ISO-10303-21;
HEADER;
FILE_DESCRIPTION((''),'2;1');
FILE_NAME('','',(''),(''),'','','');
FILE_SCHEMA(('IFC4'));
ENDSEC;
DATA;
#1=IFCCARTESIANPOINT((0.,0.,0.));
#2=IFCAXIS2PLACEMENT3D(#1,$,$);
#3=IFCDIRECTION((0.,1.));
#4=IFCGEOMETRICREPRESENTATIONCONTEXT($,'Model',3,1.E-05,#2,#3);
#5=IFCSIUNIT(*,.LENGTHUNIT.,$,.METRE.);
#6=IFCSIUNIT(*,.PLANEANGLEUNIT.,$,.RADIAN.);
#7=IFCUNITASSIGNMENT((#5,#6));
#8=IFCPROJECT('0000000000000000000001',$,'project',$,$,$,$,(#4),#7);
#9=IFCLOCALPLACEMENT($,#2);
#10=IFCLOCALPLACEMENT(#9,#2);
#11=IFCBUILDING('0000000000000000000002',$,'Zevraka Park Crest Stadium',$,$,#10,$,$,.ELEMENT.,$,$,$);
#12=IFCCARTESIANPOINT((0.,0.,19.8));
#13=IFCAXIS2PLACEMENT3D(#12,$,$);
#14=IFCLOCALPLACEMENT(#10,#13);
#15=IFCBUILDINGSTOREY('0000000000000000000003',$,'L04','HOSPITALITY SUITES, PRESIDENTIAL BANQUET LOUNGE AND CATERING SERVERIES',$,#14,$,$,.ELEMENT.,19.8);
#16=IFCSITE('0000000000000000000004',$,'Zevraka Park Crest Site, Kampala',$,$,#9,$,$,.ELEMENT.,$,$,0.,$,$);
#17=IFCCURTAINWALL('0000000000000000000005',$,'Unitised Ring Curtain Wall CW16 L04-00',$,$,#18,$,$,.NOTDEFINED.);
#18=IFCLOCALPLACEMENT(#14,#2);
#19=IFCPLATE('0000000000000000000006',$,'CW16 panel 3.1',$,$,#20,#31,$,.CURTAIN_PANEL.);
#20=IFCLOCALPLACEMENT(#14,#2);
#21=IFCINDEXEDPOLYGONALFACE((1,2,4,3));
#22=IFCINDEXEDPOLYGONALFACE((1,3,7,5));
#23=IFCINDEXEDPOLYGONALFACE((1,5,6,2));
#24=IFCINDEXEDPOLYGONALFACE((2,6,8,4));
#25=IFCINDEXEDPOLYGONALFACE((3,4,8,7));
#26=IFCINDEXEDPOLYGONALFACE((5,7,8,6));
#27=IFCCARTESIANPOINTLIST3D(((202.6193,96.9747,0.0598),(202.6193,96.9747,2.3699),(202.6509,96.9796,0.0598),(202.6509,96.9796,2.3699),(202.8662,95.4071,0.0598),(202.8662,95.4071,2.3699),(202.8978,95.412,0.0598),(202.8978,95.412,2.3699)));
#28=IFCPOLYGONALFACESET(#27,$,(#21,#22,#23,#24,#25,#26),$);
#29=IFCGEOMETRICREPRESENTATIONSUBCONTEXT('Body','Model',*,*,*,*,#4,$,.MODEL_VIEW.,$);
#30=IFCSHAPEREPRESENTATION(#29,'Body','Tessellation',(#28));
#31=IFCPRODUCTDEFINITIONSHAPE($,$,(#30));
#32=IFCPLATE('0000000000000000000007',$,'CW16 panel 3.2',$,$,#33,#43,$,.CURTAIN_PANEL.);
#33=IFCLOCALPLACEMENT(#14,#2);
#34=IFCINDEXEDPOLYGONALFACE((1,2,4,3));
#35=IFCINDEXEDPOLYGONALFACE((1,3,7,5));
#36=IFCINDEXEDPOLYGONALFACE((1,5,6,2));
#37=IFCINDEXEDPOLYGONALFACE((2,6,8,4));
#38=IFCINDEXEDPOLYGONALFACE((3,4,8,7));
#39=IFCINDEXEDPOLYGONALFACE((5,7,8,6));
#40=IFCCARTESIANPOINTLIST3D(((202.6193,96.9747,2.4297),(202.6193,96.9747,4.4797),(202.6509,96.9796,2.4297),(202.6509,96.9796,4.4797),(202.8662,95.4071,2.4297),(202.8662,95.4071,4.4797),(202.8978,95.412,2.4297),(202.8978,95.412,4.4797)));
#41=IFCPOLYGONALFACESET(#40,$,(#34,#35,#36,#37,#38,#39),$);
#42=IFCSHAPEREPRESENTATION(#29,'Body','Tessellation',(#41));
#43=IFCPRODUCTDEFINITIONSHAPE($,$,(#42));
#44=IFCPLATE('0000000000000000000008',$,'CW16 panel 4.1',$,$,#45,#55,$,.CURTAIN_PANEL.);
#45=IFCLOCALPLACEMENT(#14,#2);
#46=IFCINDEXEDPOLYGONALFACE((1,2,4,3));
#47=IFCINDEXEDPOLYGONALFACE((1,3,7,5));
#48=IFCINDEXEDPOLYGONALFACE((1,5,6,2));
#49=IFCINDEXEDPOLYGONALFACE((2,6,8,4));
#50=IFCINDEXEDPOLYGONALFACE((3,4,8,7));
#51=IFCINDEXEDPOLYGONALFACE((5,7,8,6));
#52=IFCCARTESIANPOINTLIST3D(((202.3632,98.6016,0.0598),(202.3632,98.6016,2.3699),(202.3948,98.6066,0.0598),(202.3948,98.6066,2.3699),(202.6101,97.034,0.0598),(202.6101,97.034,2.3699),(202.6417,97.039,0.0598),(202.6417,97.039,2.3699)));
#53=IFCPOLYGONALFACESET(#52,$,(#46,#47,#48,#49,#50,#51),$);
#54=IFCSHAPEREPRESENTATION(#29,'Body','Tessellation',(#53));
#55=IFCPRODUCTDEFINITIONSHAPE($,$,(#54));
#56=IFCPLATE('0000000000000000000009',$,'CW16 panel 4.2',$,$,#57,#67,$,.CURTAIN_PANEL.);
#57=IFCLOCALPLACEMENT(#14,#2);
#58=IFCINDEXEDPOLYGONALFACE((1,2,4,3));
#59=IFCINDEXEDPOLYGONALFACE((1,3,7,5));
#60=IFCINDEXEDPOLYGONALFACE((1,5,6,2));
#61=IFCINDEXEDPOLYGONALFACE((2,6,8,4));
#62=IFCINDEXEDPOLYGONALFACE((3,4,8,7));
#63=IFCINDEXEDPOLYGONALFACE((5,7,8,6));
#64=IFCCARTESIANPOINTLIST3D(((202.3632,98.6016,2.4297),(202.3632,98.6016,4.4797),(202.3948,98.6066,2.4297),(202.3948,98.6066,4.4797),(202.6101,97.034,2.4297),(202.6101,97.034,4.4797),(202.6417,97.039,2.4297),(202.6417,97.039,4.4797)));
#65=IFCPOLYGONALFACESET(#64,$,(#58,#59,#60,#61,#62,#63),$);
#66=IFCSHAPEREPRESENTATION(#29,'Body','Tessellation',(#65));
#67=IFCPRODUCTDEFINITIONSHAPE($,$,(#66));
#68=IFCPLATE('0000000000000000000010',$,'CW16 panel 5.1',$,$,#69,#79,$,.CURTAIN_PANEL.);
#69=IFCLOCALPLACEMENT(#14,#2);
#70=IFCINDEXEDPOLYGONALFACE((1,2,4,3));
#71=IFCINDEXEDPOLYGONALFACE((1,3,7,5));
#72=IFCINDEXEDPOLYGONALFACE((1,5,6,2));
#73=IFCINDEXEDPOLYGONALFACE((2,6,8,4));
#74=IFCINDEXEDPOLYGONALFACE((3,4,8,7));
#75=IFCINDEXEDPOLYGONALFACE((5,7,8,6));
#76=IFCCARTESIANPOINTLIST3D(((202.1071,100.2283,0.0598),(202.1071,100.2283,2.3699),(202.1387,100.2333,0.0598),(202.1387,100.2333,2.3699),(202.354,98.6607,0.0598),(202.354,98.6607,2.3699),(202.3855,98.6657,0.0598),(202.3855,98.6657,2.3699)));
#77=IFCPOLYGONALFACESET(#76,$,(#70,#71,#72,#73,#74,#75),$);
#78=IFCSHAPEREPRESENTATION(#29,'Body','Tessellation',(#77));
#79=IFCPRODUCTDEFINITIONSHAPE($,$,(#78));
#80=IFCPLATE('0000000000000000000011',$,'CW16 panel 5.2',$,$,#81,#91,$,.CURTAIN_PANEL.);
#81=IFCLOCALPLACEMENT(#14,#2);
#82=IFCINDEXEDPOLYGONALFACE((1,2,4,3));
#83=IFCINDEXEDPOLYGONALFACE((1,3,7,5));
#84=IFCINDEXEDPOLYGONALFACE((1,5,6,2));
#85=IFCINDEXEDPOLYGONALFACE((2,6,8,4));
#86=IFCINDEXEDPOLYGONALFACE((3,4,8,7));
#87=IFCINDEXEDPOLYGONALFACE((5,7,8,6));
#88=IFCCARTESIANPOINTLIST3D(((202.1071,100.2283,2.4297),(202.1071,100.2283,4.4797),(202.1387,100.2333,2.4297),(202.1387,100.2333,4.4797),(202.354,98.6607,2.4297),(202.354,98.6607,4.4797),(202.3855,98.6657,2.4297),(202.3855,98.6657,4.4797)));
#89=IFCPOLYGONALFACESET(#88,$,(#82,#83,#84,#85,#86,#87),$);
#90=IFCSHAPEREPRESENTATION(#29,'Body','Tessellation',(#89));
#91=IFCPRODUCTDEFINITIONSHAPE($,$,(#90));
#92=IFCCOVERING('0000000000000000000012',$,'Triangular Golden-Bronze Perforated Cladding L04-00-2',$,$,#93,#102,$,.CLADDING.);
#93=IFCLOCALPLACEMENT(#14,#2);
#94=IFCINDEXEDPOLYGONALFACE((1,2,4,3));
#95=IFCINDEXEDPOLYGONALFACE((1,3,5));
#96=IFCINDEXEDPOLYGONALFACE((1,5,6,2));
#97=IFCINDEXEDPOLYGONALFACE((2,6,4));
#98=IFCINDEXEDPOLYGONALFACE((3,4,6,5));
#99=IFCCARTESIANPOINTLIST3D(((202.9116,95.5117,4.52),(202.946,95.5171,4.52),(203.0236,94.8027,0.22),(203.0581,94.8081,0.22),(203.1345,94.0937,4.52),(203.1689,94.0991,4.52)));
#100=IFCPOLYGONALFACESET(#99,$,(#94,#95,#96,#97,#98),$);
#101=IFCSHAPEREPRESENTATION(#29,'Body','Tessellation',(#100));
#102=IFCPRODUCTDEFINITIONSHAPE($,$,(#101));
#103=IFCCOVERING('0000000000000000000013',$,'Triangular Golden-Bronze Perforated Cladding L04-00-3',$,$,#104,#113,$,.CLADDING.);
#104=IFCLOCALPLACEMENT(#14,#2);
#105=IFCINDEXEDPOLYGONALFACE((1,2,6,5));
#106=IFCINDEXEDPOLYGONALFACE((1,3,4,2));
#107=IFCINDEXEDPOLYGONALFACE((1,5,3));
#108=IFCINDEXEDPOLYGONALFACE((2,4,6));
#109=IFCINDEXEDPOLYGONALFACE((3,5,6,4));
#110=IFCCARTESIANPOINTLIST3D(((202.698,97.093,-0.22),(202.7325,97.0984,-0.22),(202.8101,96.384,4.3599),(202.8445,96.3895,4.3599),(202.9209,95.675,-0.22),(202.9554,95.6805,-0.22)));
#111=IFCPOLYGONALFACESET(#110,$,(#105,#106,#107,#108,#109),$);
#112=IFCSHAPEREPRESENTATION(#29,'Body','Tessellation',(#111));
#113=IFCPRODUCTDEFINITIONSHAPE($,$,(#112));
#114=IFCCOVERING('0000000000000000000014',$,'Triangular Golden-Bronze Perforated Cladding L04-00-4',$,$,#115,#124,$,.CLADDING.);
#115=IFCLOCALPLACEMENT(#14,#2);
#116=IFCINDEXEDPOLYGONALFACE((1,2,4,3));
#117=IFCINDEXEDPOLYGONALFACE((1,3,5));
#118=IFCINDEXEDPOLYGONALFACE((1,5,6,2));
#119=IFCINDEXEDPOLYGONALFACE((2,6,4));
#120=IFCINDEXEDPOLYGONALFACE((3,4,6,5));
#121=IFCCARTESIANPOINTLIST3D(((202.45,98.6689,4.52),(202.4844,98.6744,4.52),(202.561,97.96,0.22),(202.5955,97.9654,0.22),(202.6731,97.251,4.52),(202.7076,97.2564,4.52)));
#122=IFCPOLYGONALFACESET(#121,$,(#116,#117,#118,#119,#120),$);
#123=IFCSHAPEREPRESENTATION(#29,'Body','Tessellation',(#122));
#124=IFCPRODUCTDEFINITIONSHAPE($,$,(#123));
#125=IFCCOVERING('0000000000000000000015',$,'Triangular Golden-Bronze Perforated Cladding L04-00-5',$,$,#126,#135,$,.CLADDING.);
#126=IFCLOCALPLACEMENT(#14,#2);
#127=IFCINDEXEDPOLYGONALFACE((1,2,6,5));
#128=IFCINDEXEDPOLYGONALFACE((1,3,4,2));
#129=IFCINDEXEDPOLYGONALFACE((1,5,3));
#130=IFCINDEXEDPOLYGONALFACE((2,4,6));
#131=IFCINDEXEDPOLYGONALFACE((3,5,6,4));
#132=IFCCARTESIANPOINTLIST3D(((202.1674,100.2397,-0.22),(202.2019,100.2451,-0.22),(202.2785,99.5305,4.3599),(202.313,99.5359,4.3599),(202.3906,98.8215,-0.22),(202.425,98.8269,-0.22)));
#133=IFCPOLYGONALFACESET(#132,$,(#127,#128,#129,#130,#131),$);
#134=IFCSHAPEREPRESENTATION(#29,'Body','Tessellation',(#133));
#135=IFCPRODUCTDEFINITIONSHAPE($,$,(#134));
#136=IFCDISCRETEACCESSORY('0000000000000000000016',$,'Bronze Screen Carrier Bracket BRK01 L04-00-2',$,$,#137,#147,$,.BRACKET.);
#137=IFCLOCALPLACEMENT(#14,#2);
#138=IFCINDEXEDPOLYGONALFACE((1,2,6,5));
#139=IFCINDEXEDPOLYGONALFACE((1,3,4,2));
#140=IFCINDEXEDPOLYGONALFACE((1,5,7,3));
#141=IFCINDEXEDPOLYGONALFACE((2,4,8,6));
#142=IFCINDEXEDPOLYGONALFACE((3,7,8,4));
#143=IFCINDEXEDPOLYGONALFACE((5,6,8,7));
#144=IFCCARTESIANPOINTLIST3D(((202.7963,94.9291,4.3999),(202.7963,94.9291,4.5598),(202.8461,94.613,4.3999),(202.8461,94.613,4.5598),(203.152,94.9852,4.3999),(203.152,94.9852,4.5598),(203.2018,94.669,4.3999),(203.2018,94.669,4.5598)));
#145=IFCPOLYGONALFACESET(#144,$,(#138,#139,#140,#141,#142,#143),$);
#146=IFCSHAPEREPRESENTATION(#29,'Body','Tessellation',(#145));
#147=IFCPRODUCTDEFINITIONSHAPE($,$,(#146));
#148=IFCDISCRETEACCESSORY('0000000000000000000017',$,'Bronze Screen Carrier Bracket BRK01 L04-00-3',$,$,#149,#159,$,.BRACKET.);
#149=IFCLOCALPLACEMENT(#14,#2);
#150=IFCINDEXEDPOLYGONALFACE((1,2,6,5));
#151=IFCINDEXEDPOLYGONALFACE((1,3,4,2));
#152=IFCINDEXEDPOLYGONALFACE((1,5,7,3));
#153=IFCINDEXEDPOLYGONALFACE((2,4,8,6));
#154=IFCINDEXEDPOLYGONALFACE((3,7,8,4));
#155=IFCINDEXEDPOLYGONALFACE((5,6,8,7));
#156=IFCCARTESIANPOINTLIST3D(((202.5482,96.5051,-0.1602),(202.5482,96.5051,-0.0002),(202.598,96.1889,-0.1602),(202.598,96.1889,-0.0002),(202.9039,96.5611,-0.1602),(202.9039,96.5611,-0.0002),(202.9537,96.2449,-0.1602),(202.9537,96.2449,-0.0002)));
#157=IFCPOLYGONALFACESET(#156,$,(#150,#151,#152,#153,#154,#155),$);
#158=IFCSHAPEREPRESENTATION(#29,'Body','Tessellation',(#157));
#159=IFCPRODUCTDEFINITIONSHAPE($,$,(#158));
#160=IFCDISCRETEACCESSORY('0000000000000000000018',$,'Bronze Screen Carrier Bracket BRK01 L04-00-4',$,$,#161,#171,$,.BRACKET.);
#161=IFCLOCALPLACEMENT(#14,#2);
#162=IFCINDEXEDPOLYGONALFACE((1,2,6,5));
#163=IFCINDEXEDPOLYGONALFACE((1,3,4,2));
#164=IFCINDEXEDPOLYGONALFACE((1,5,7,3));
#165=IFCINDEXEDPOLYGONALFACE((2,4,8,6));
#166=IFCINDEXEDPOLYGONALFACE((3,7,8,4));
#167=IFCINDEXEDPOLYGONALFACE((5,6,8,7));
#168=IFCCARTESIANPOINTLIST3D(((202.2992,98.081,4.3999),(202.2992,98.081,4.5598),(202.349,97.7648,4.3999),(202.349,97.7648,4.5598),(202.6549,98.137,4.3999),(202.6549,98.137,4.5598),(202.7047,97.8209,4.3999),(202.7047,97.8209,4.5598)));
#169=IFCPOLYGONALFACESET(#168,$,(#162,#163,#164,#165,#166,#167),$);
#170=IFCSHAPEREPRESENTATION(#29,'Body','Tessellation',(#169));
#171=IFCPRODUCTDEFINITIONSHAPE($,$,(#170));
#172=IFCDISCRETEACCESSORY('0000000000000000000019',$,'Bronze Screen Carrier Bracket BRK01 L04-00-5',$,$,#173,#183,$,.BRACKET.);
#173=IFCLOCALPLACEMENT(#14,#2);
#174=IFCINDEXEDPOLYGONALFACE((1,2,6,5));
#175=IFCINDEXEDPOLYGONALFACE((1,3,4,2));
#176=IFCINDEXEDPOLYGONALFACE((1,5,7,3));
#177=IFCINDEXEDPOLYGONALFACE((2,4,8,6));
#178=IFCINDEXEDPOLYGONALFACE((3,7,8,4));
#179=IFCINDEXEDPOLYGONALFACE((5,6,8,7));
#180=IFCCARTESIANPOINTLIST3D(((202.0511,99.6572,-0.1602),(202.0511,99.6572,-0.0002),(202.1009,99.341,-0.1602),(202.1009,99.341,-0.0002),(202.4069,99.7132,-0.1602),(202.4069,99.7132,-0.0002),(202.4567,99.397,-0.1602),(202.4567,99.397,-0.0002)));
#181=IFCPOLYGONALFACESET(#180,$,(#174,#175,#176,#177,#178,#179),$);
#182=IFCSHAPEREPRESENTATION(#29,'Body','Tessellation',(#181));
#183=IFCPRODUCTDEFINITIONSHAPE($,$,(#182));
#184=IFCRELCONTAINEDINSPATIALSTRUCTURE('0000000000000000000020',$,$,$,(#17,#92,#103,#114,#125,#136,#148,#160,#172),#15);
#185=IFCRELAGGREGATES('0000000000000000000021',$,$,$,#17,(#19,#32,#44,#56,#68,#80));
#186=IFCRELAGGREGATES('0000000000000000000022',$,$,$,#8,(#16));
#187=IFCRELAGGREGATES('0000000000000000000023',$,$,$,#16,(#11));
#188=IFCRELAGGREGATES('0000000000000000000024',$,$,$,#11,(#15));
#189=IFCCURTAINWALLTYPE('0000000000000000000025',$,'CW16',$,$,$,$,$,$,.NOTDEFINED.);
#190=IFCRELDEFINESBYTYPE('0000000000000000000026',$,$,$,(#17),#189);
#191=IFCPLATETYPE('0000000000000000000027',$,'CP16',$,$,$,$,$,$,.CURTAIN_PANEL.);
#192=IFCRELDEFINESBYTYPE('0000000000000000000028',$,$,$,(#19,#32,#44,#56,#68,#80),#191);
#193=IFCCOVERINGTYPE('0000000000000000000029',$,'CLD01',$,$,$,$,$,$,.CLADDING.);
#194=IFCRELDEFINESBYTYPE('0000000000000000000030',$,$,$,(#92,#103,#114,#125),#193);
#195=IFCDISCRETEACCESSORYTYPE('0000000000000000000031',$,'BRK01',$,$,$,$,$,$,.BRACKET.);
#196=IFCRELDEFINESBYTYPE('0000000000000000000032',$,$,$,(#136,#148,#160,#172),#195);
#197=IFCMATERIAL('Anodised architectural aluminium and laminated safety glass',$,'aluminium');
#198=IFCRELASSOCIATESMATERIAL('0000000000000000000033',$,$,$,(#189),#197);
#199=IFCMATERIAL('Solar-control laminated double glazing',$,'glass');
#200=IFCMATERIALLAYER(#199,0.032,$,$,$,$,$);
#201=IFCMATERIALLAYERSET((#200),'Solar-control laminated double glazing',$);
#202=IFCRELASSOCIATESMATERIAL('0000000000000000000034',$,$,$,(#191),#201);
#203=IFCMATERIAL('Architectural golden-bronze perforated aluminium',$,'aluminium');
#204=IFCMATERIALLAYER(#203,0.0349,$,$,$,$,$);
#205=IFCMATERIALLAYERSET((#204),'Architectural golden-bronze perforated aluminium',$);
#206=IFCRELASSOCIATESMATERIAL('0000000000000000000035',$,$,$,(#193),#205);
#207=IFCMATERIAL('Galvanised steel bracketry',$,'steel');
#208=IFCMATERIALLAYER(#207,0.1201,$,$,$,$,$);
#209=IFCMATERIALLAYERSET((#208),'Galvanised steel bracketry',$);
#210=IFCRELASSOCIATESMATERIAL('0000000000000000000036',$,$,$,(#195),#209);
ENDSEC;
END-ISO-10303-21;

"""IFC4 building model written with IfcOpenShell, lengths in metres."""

from ifc_helpers import new_model, si_unit, direction, frame, origin, origin_2d, place, context, subcontext, project, spatial, polyline, rectangle, outline, extrude, material, layer, layer_set, type_object, element, aggregate, save


model = new_model("IFC4")

# Units and contexts
model_context = context("Model", 3, precision=1e-05, world=origin(), true_north=direction((0.0, 1.0)))
body_context = subcontext(model_context, "Body", "Model", "MODEL_VIEW")
ifc_project = project(units=[si_unit("LENGTHUNIT", "METRE"), si_unit("PLANEANGLEUNIT", "RADIAN")], contexts=[model_context])

# Site, building, storey
site_placement = place(None, origin())
site = spatial("IfcSite", under=ifc_project, at=site_placement, Name="Zevraka Park Crest Site, Kampala", CompositionType="ELEMENT", RefElevation=0.0)
building_placement = place(site_placement, origin())
building = spatial("IfcBuilding", under=site, at=building_placement, Name="Zevraka Park Crest Stadium", CompositionType="ELEMENT")
storey_placement = place(building_placement, frame((0.0, 0.0, 19.8)))
storey = spatial("IfcBuildingStorey", under=building, at=storey_placement, Name="L04", Description="HOSPITALITY SUITES, PRESIDENTIAL BANQUET LOUNGE AND CATERING SERVERIES", CompositionType="ELEMENT", Elevation=19.8)

# Curtain wall, plates
ifc_material_1 = material(Name="Anodised architectural aluminium and laminated safety glass", Category="aluminium")
curtain_wall_type = type_object("IfcCurtainWallType", Name="CW16", PredefinedType="NOTDEFINED", material=ifc_material_1)
curtain_wall_placement = place(storey_placement, origin())
curtain_wall = element("IfcCurtainWall", 1, at=curtain_wall_placement, inside=storey, type_object=curtain_wall_type, Name="Unitised Ring Curtain Wall CW16 L04-00", PredefinedType="NOTDEFINED")
ifc_material_2 = material(Name="Solar-control laminated double glazing", Category="glass")
ifc_layer_1 = layer(ifc_material_2, 0.032)
ifc_layer_set_1 = layer_set([ifc_layer_1], Name="Solar-control laminated double glazing")
plate_type = type_object("IfcPlateType", Name="CP16", PredefinedType="CURTAIN_PANEL", material=ifc_layer_set_1)
plate_1_placement = place(storey_placement, frame((202.7585, 96.1934, 0.0598), z_axis=(0.0, 0.0, 1.0), x_axis=(-0.155539, 0.98783, 0.0)))
plate_1 = element("IfcPlate", 2, at=plate_1_placement, type_object=plate_type, Name="CW16 panel 3.1", PredefinedType="CURTAIN_PANEL", context=body_context, shape_type="SweptSolid", body=[
    extrude(rectangle(XDim=1.5869, YDim=0.032, at=origin_2d()), origin(), (0.0, 0.0, 1.0), 2.3101),
])
plate_2_placement = place(storey_placement, frame((202.7585, 96.1934, 2.4297), z_axis=(0.0, 0.0, 1.0), x_axis=(-0.155539, 0.98783, 0.0)))
plate_2 = element("IfcPlate", 3, at=plate_2_placement, type_object=plate_type, Name="CW16 panel 3.2", PredefinedType="CURTAIN_PANEL", context=body_context, shape_type="SweptSolid", body=[
    extrude(rectangle(XDim=1.5869, YDim=0.032, at=origin_2d()), origin(), (0.0, 0.0, 1.0), 2.05),
])
plate_3_placement = place(storey_placement, frame((202.5024, 97.8203, 0.0598), z_axis=(0.0, 0.0, 1.0), x_axis=(-0.155539, 0.98783, 0.0)))
plate_3 = element("IfcPlate", 4, at=plate_3_placement, type_object=plate_type, Name="CW16 panel 4.1", PredefinedType="CURTAIN_PANEL", context=body_context, shape_type="SweptSolid", body=[
    extrude(rectangle(XDim=1.5869, YDim=0.032, at=origin_2d()), origin(), (0.0, 0.0, 1.0), 2.3101),
])
plate_4_placement = place(storey_placement, frame((202.5024, 97.8203, 2.4297), z_axis=(0.0, 0.0, 1.0), x_axis=(-0.155539, 0.98783, 0.0)))
plate_4 = element("IfcPlate", 5, at=plate_4_placement, type_object=plate_type, Name="CW16 panel 4.2", PredefinedType="CURTAIN_PANEL", context=body_context, shape_type="SweptSolid", body=[
    extrude(rectangle(XDim=1.5869, YDim=0.032, at=origin_2d()), origin(), (0.0, 0.0, 1.0), 2.05),
])
plate_5_placement = place(storey_placement, frame((202.2463, 99.447, 0.0598), z_axis=(0.0, 0.0, 1.0), x_axis=(-0.155539, 0.98783, 0.0)))
plate_5 = element("IfcPlate", 6, at=plate_5_placement, type_object=plate_type, Name="CW16 panel 5.1", PredefinedType="CURTAIN_PANEL", context=body_context, shape_type="SweptSolid", body=[
    extrude(rectangle(XDim=1.5869, YDim=0.032, at=origin_2d()), origin(), (0.0, 0.0, 1.0), 2.3101),
])
plate_6_placement = place(storey_placement, frame((202.2463, 99.447, 2.4297), z_axis=(0.0, 0.0, 1.0), x_axis=(-0.155539, 0.98783, 0.0)))
plate_6 = element("IfcPlate", 7, at=plate_6_placement, type_object=plate_type, Name="CW16 panel 5.2", PredefinedType="CURTAIN_PANEL", context=body_context, shape_type="SweptSolid", body=[
    extrude(rectangle(XDim=1.5869, YDim=0.032, at=origin_2d()), origin(), (0.0, 0.0, 1.0), 2.05),
])
aggregate(curtain_wall, [plate_1, plate_2, plate_3, plate_4, plate_5, plate_6])

# Coverings
ifc_material_3 = material(Name="Architectural golden-bronze perforated aluminium", Category="aluminium")
ifc_layer_2 = layer(ifc_material_3, 0.0349)
ifc_layer_set_2 = layer_set([ifc_layer_2], Name="Architectural golden-bronze perforated aluminium")
covering_type = type_object("IfcCoveringType", Name="CLD01", PredefinedType="CLADDING", material=ifc_layer_set_2)
covering_1_placement = place(storey_placement, frame((202.946, 95.5171, 4.52), z_axis=(0.987869, 0.15529, 0.00014), x_axis=(0.15529, -0.987869, 0.0)))
element("IfcCovering", 8, at=covering_1_placement, inside=storey, type_object=covering_type, Name="Triangular Golden-Bronze Perforated Cladding L04-00-2", PredefinedType="CLADDING", context=body_context, shape_type="SweptSolid", body=[
    extrude(outline(polyline([(0.0, 0.0), (1.4354, 0.0), (0.7178, 4.3), (0.0, 0.0)])), origin(), (0.0, 0.0, -1.0), 0.0349),
])
covering_2_placement = place(storey_placement, frame((202.9209, 95.675, -0.22), z_axis=(-0.987869, -0.15529, 0.000132), x_axis=(-0.15529, 0.987869, 0.0)))
element("IfcCovering", 9, at=covering_2_placement, inside=storey, type_object=covering_type, Name="Triangular Golden-Bronze Perforated Cladding L04-00-3", PredefinedType="CLADDING", context=body_context, shape_type="SweptSolid", body=[
    extrude(outline(polyline([(0.0, 0.0), (1.4354, 0.0), (0.7176, -4.5798), (0.0, 0.0)])), origin(), (0.0, 0.0, -1.0), 0.0349),
])
covering_3_placement = place(storey_placement, frame((202.45, 98.6689, 4.52), z_axis=(-0.987843, -0.155456, 0.000112), x_axis=(0.155456, -0.987843, 0.0)))
element("IfcCovering", 10, at=covering_3_placement, inside=storey, type_object=covering_type, Name="Triangular Golden-Bronze Perforated Cladding L04-00-4", PredefinedType="CLADDING", context=body_context, shape_type="SweptSolid", body=[
    extrude(outline(polyline([(0.0, 0.0), (1.4354, 0.0), (0.7176, -4.3), (0.0, 0.0)])), origin(), (0.0, 0.0, -1.0), 0.0349),
])
covering_4_placement = place(storey_placement, frame((202.425, 98.8269, -0.22), z_axis=(0.987847, 0.15543, 0.000109), x_axis=(-0.15543, 0.987847, 0.0)))
element("IfcCovering", 11, at=covering_4_placement, inside=storey, type_object=covering_type, Name="Triangular Golden-Bronze Perforated Cladding L04-00-5", PredefinedType="CLADDING", context=body_context, shape_type="SweptSolid", body=[
    extrude(outline(polyline([(0.0, 0.0), (1.4357, 0.0), (0.7178, 4.5798), (0.0, 0.0)])), origin(), (0.0, 0.0, -1.0), 0.0349),
])

# Discrete accessories
ifc_material_4 = material(Name="Galvanised steel bracketry", Category="steel")
ifc_layer_3 = layer(ifc_material_4, 0.1201)
ifc_layer_set_3 = layer_set([ifc_layer_3], Name="Galvanised steel bracketry")
discrete_accessory_type = type_object("IfcDiscreteAccessoryType", Name="BRK01", PredefinedType="BRACKET", material=ifc_layer_set_3)
for number, where, z_axis, x_axis, name in (
    (12, (202.999, 94.7991, 4.3999), (0.0, 0.0, 1.0), (-0.155572, 0.987824, 0.0), "Bronze Screen Carrier Bracket BRK01 L04-00-2"),
    (13, (202.751, 96.375, -0.1602), (0.0, 0.0, 1.0), (-0.155572, 0.987824, 0.0), "Bronze Screen Carrier Bracket BRK01 L04-00-3"),
    (14, (202.502, 97.9509, 4.3999), (0.0, 0.0, 1.0), (-0.155572, 0.987824, 0.0), "Bronze Screen Carrier Bracket BRK01 L04-00-4"),
    (15, (202.2539, 99.5271, -0.1602), (0.0, 0.0, 1.0), (-0.155572, 0.987824, 0.0), "Bronze Screen Carrier Bracket BRK01 L04-00-5"),
):
    element("IfcDiscreteAccessory", number, at=place(storey_placement, frame(where, z_axis=z_axis, x_axis=x_axis)), inside=storey, type_object=discrete_accessory_type, Name=name, PredefinedType="BRACKET", context=body_context, shape_type="SweptSolid", body=[
        extrude(rectangle(XDim=0.3201, YDim=0.3601, at=origin_2d()), origin(), (0.0, 0.0, 1.0), 0.1599),
    ])

save(model, "model.ifc")
